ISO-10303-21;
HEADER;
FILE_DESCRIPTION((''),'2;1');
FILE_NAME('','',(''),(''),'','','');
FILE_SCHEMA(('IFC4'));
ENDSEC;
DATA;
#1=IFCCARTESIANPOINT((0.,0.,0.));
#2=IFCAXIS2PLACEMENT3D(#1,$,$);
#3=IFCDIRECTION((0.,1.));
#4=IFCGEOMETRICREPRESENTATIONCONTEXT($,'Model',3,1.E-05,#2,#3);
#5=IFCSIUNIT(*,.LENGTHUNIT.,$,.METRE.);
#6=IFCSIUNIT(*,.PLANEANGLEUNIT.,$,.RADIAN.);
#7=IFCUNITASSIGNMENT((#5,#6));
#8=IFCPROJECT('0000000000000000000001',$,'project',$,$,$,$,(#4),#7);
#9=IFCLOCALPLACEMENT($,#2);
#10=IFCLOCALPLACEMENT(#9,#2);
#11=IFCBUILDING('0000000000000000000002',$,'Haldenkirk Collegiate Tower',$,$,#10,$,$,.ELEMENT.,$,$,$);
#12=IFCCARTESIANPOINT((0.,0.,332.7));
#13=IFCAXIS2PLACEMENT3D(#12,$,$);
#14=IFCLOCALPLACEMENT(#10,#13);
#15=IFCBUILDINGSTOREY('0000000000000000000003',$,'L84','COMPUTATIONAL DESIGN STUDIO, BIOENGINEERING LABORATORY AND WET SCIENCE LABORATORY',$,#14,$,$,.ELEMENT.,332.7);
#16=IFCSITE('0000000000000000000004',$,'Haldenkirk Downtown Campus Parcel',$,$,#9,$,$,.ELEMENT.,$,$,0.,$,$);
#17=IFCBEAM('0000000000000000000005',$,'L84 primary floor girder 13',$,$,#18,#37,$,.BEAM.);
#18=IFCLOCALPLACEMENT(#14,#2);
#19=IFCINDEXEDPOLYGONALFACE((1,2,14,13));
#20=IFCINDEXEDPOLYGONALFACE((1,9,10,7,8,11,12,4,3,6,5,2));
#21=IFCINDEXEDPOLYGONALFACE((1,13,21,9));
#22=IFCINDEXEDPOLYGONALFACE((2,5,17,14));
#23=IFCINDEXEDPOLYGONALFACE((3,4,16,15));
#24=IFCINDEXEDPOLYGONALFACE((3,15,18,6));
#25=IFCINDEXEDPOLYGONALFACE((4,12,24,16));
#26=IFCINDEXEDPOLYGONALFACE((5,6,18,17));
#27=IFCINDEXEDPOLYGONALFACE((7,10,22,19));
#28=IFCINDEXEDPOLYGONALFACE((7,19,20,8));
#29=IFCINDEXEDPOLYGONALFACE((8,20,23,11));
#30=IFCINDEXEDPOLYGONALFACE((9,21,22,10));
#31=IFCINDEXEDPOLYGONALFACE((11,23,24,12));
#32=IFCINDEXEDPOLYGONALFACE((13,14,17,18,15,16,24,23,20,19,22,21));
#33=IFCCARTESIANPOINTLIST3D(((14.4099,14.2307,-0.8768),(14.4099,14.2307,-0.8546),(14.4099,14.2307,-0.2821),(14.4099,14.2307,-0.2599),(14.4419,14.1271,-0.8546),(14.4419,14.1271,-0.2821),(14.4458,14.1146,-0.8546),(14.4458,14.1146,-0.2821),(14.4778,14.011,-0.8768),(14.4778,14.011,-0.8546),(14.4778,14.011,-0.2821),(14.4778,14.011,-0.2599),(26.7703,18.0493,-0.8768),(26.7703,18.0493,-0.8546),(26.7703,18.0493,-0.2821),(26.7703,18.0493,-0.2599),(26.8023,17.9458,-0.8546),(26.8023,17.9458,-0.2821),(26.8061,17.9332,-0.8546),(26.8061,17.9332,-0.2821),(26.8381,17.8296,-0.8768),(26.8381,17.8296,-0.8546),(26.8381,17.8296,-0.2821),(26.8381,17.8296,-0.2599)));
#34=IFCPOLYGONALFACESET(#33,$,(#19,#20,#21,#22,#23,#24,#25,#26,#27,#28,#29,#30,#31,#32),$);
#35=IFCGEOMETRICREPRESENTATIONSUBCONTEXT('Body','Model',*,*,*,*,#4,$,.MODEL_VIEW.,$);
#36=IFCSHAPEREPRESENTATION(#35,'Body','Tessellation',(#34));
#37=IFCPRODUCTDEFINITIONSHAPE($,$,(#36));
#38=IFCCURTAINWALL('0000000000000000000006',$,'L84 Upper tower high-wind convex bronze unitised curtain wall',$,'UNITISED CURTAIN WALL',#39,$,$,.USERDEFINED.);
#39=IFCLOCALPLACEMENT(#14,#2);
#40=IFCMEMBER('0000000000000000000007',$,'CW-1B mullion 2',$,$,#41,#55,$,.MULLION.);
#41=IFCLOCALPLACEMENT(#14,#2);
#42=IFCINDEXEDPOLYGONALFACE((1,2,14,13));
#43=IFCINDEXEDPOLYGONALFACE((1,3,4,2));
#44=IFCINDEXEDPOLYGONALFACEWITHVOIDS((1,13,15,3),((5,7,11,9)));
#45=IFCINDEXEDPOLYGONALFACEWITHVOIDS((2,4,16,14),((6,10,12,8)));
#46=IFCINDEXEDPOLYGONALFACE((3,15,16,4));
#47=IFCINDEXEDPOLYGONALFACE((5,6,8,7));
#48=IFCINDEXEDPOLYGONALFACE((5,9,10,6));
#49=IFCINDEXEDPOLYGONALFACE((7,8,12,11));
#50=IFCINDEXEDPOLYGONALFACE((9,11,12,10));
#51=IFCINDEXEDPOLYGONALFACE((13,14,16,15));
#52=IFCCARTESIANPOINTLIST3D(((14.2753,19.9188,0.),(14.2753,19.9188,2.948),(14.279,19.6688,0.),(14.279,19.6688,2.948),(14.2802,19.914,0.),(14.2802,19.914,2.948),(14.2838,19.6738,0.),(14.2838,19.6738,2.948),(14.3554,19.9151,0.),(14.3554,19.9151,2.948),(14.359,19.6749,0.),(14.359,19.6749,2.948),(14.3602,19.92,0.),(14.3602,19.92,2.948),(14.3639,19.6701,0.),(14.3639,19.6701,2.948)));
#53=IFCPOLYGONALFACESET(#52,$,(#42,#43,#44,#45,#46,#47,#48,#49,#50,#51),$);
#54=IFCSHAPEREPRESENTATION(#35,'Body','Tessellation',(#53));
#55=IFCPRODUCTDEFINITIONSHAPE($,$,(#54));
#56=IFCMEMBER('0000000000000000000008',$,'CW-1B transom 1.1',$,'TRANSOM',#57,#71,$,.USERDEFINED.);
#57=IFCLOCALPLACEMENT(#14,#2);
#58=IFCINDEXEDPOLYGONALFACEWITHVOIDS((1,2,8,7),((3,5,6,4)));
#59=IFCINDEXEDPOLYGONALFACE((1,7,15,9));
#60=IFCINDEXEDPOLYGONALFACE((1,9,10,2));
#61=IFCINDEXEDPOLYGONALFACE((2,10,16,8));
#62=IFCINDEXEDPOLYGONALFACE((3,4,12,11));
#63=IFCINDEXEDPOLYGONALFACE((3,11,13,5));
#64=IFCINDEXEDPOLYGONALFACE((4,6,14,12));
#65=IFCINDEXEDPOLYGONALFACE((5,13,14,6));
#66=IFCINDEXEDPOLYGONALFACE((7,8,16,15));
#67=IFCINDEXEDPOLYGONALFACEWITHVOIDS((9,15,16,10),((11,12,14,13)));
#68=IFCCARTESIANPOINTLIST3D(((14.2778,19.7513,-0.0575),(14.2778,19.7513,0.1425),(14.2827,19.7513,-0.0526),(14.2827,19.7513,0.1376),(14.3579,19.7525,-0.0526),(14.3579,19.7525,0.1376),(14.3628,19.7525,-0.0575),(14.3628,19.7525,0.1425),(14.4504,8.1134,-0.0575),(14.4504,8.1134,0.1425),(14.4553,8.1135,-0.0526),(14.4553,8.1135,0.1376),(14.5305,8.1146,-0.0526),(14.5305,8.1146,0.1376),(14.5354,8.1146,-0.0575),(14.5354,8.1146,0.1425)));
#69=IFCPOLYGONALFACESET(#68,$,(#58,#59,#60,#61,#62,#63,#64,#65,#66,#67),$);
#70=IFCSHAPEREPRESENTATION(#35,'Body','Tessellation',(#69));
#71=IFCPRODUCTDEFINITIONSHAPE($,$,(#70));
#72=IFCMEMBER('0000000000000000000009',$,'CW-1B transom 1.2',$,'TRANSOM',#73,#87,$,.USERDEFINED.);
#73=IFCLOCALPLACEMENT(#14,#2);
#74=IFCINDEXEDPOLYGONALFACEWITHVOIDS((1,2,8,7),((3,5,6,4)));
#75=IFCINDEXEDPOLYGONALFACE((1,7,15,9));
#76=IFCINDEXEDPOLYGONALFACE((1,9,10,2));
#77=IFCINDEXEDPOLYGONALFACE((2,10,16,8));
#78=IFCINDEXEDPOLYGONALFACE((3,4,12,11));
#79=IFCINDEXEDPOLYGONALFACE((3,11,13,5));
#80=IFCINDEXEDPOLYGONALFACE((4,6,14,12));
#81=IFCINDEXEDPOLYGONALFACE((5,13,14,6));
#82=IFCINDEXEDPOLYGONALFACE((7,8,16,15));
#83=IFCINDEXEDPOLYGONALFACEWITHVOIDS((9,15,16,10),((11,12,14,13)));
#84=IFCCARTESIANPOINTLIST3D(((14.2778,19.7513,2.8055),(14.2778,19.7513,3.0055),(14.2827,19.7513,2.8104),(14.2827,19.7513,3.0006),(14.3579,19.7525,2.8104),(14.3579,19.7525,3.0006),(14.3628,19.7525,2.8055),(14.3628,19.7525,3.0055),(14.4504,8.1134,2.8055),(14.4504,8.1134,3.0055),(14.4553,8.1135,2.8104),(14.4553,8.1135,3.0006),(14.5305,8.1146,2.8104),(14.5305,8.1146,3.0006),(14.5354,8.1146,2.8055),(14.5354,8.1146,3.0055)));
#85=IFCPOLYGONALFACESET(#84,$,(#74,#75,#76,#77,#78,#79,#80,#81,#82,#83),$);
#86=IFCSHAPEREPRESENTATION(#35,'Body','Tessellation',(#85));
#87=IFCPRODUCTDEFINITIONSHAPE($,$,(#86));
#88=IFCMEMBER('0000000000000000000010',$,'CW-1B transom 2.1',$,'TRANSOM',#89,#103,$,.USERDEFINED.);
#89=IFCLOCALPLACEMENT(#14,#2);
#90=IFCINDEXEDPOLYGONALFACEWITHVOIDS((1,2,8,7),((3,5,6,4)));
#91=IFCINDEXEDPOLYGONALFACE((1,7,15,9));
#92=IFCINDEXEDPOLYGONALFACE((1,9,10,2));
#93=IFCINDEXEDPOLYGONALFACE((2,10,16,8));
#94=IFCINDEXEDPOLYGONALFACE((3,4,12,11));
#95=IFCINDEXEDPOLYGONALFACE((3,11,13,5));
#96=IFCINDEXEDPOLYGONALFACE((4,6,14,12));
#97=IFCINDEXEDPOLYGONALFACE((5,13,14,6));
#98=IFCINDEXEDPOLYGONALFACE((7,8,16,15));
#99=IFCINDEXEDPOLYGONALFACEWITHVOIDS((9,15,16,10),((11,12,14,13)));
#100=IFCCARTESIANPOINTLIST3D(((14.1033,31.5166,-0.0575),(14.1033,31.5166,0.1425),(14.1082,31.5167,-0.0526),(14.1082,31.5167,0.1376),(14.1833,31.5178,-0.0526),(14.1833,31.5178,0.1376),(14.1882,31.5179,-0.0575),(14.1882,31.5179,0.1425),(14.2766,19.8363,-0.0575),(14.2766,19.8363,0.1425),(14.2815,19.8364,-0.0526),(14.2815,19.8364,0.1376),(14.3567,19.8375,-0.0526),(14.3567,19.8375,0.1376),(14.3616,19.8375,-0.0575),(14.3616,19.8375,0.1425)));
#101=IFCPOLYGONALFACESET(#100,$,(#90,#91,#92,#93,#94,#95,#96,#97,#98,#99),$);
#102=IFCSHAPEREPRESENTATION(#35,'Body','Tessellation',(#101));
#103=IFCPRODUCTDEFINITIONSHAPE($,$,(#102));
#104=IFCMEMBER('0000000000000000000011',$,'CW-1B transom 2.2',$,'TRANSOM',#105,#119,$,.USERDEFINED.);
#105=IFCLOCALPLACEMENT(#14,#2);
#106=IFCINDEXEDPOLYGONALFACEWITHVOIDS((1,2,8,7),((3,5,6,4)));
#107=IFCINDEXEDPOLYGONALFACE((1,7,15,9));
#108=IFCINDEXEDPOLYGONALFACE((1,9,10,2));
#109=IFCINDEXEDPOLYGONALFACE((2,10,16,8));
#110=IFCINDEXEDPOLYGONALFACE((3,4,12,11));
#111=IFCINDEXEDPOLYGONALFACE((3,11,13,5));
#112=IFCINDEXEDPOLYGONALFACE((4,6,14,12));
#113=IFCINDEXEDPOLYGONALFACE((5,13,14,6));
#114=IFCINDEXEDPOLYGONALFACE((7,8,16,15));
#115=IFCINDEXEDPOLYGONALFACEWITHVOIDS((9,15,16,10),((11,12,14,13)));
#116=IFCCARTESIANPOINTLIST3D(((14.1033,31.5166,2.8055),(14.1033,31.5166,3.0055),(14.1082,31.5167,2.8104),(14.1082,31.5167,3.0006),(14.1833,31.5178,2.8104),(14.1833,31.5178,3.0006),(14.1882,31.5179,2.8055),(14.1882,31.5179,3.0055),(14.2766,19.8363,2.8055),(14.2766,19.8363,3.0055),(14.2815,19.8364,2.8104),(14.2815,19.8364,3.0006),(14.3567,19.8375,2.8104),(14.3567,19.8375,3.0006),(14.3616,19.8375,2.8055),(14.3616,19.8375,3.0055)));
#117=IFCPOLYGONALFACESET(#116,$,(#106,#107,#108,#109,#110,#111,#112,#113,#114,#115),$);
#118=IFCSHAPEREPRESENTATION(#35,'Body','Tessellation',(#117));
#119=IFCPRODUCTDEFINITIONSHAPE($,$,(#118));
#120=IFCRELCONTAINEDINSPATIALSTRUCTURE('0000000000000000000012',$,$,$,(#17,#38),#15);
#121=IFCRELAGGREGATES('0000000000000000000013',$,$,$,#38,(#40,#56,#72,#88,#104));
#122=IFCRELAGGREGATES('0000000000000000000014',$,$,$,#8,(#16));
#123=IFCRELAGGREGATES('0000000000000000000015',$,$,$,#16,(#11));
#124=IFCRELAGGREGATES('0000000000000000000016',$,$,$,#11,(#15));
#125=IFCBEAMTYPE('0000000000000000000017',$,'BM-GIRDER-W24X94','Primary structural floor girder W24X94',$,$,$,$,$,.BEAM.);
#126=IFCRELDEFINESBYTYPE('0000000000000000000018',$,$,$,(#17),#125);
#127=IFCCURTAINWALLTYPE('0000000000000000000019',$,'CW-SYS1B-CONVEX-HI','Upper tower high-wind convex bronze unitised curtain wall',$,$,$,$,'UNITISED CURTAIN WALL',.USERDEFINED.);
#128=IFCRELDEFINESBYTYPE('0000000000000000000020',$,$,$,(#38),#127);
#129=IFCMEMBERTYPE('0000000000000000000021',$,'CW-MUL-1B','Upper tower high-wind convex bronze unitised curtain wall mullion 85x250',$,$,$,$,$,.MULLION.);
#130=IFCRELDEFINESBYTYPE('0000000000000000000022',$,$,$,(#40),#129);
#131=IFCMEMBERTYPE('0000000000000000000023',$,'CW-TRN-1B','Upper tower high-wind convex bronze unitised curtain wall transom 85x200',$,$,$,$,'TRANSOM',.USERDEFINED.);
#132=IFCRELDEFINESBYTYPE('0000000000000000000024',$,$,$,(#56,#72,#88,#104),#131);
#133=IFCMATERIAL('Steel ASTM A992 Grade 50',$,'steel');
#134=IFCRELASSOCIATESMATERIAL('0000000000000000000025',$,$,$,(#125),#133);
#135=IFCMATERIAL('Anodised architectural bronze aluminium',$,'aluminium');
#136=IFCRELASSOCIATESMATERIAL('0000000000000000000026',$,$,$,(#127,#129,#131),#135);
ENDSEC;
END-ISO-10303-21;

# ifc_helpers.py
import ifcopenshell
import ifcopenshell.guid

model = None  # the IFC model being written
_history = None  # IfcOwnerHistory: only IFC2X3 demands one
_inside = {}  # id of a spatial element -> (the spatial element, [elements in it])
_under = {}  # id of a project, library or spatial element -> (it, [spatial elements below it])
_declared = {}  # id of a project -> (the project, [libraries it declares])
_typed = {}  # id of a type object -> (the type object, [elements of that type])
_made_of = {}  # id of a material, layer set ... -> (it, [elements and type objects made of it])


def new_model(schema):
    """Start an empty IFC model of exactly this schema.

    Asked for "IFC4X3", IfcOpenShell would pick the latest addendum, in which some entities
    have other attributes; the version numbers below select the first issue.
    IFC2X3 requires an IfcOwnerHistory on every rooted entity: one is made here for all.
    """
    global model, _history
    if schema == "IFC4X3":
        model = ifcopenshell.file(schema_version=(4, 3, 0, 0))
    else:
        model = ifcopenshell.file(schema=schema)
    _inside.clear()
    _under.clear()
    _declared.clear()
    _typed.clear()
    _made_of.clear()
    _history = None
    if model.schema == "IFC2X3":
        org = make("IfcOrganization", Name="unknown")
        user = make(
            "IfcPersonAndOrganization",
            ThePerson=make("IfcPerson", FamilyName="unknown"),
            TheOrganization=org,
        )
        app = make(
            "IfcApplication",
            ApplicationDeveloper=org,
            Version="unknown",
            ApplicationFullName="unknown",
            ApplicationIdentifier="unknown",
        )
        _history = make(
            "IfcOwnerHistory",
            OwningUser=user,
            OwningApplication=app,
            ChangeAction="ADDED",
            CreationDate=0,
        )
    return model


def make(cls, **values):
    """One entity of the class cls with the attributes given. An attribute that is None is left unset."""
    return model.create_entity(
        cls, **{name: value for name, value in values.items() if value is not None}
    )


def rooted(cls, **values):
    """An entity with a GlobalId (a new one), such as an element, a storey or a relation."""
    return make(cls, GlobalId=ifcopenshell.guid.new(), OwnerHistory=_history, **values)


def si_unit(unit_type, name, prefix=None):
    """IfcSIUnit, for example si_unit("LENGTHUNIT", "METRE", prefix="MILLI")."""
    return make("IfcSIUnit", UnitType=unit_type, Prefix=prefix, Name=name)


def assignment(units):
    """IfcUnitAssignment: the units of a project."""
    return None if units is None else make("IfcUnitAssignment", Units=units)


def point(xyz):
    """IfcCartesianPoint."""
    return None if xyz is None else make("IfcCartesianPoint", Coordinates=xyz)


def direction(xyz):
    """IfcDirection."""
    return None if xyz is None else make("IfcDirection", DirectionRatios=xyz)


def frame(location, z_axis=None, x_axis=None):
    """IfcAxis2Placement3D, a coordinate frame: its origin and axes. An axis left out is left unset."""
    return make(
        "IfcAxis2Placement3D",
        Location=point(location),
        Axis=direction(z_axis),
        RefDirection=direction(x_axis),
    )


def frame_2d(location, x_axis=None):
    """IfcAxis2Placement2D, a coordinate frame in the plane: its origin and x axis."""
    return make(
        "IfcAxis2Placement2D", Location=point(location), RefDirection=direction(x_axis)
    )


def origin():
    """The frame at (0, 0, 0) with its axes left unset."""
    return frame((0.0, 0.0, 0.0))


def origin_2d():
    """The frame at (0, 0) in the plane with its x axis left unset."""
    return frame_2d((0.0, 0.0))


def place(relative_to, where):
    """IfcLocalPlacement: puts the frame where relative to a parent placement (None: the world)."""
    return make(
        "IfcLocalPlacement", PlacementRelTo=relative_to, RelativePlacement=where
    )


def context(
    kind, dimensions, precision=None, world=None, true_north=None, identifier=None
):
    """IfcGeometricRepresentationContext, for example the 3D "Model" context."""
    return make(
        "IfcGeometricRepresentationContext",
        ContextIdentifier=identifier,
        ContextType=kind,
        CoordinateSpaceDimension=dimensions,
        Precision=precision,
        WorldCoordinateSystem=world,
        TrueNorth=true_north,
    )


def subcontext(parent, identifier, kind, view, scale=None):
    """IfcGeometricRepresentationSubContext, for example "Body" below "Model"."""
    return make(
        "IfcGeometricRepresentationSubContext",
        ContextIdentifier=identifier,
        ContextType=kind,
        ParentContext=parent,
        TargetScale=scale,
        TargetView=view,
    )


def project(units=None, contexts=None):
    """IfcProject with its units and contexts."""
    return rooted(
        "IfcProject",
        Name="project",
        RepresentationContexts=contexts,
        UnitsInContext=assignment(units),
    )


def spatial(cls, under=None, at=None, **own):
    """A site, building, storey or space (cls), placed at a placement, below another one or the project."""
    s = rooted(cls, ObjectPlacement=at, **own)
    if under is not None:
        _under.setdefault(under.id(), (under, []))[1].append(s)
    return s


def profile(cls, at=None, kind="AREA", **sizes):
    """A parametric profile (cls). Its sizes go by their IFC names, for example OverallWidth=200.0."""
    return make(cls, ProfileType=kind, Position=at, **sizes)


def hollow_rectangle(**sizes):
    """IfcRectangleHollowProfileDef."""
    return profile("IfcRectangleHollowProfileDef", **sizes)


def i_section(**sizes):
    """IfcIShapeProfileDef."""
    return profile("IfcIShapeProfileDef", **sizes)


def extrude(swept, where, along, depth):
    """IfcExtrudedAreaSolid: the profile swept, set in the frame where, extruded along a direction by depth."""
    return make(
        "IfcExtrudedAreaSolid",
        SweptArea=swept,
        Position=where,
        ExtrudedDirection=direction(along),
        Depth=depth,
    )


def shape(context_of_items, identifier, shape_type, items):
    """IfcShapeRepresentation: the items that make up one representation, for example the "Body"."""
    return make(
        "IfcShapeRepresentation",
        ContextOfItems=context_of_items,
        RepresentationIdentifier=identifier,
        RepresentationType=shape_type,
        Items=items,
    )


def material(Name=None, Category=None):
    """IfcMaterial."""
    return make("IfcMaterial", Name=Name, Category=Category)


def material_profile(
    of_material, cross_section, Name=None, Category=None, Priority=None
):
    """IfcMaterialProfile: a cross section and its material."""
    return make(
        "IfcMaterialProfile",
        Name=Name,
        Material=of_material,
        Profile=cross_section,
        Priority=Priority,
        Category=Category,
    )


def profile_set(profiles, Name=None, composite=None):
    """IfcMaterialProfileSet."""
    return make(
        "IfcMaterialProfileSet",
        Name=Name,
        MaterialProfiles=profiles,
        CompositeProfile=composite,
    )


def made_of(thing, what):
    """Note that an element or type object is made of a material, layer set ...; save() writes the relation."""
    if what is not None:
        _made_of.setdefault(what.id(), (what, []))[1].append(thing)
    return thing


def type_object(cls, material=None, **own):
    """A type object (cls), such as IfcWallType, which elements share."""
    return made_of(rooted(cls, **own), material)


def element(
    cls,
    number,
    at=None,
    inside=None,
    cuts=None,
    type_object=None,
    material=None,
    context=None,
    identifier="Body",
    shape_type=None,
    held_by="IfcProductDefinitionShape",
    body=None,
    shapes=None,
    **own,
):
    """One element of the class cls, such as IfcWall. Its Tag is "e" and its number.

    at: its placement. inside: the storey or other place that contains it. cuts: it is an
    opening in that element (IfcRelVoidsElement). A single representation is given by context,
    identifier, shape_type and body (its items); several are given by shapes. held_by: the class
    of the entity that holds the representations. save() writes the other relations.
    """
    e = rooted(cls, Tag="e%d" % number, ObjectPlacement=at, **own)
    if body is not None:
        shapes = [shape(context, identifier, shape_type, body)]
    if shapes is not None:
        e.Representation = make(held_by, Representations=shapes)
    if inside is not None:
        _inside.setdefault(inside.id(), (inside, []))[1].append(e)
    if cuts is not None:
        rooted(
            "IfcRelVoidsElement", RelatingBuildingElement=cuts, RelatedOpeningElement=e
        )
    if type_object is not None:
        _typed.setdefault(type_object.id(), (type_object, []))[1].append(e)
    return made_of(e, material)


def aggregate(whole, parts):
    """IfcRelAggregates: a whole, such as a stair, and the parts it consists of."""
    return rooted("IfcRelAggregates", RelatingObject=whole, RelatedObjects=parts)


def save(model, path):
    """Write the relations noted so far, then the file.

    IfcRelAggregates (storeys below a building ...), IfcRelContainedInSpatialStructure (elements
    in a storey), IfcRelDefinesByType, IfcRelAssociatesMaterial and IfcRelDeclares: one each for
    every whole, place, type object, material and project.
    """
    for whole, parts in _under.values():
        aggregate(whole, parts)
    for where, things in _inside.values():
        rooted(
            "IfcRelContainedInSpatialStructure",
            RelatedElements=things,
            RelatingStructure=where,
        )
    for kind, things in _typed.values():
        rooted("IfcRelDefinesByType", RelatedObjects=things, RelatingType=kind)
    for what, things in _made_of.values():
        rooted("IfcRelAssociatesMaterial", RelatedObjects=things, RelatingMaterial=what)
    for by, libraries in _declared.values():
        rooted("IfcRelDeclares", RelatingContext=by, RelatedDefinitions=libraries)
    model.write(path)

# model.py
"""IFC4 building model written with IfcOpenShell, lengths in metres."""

from ifc_helpers import new_model, si_unit, direction, frame, origin, origin_2d, place, context, subcontext, project, spatial, hollow_rectangle, i_section, extrude, material, material_profile, profile_set, type_object, element, aggregate, save


model = new_model("IFC4")

# Units and contexts
model_context = context("Model", 3, precision=1e-05, world=origin(), true_north=direction((0.0, 1.0)))
body_context = subcontext(model_context, "Body", "Model", "MODEL_VIEW")
ifc_project = project(units=[si_unit("LENGTHUNIT", "METRE"), si_unit("PLANEANGLEUNIT", "RADIAN")], contexts=[model_context])

# Site, building, storey
site_placement = place(None, origin())
site = spatial("IfcSite", under=ifc_project, at=site_placement, Name="Haldenkirk Downtown Campus Parcel", CompositionType="ELEMENT", RefElevation=0.0)
building_placement = place(site_placement, origin())
building = spatial("IfcBuilding", under=site, at=building_placement, Name="Haldenkirk Collegiate Tower", CompositionType="ELEMENT")
storey_placement = place(building_placement, frame((0.0, 0.0, 332.7)))
storey = spatial("IfcBuildingStorey", under=building, at=storey_placement, Name="L84", Description="COMPUTATIONAL DESIGN STUDIO, BIOENGINEERING LABORATORY AND WET SCIENCE LABORATORY", CompositionType="ELEMENT", Elevation=332.7)

# Beam
ifc_material_1 = material(Name="Steel ASTM A992 Grade 50", Category="steel")
ifc_material_profile_1 = material_profile(ifc_material_1, i_section(OverallWidth=0.23, OverallDepth=0.6169, WebThickness=0.0132, FlangeThickness=0.0222, at=origin_2d()), Name="W24X94")
ifc_profile_set_1 = profile_set([ifc_material_profile_1], Name="Steel ASTM A992 Grade 50")
beam_type = type_object("IfcBeamType", Name="BM-GIRDER-W24X94", Description="Primary structural floor girder W24X94", PredefinedType="BEAM", material=ifc_profile_set_1)
beam_placement = place(storey_placement, frame((14.4438, 14.1208, -0.5684), z_axis=(0.955443, 0.295174, 0.0), x_axis=(-0.295174, 0.955443, 0.0)))
element("IfcBeam", 1, at=beam_placement, inside=storey, type_object=beam_type, Name="L84 primary floor girder 13", PredefinedType="BEAM", context=body_context, shape_type="SweptSolid", body=[
    extrude(i_section(OverallWidth=0.23, OverallDepth=0.6169, WebThickness=0.0132, FlangeThickness=0.0222, at=origin_2d()), origin(), (0.0, 0.0, 1.0), 12.9368),
])

# Curtain wall, members
ifc_material_2 = material(Name="Anodised architectural bronze aluminium", Category="aluminium")
curtain_wall_type = type_object("IfcCurtainWallType", Name="CW-SYS1B-CONVEX-HI", Description="Upper tower high-wind convex bronze unitised curtain wall", ElementType="UNITISED CURTAIN WALL", PredefinedType="USERDEFINED", material=ifc_material_2)
curtain_wall_placement = place(storey_placement, origin())
curtain_wall = element("IfcCurtainWall", 2, at=curtain_wall_placement, inside=storey, type_object=curtain_wall_type, Name="L84 Upper tower high-wind convex bronze unitised curtain wall", ObjectType="UNITISED CURTAIN WALL", PredefinedType="USERDEFINED")
ifc_material_profile_2 = material_profile(ifc_material_2, hollow_rectangle(XDim=0.085, YDim=0.25, WallThickness=0.0049, at=origin_2d()), Name="CW-MUL-1B")
ifc_profile_set_2 = profile_set([ifc_material_profile_2], Name="Anodised architectural bronze aluminium")
member_type_1 = type_object("IfcMemberType", Name="CW-MUL-1B", Description="Upper tower high-wind convex bronze unitised curtain wall mullion 85x250", PredefinedType="MULLION", material=ifc_profile_set_2)
member_1_placement = place(storey_placement, frame((14.3196, 19.7944, 0.0), z_axis=(0.0, 0.0, 1.0), x_axis=(-0.99989, -0.014833, 0.0)))
member_1 = element("IfcMember", 3, at=member_1_placement, type_object=member_type_1, Name="CW-1B mullion 2", PredefinedType="MULLION", context=body_context, shape_type="SweptSolid", body=[
    extrude(hollow_rectangle(XDim=0.085, YDim=0.25, WallThickness=0.0049, at=origin_2d()), origin(), (0.0, 0.0, 1.0), 2.948),
])
ifc_material_profile_3 = material_profile(ifc_material_2, hollow_rectangle(XDim=0.085, YDim=0.2, WallThickness=0.0049, at=origin_2d()), Name="CW-TRN-1B")
ifc_profile_set_3 = profile_set([ifc_material_profile_3], Name="Anodised architectural bronze aluminium")
member_type_2 = type_object("IfcMemberType", Name="CW-TRN-1B", Description="Upper tower high-wind convex bronze unitised curtain wall transom 85x200", ElementType="TRANSOM", PredefinedType="USERDEFINED", material=ifc_profile_set_3)
member_2_placement = place(storey_placement, frame((14.4929, 8.114, 0.0425), z_axis=(-0.01483, 0.99989, 0.0), x_axis=(-0.99989, -0.01483, 0.0)))
member_2 = element("IfcMember", 4, at=member_2_placement, type_object=member_type_2, Name="CW-1B transom 1.1", ObjectType="TRANSOM", PredefinedType="USERDEFINED", context=body_context, shape_type="SweptSolid", body=[
    extrude(hollow_rectangle(XDim=0.085, YDim=0.2, WallThickness=0.0049, at=origin_2d()), origin(), (0.0, 0.0, 1.0), 11.6392),
])
member_3_placement = place(storey_placement, frame((14.4929, 8.114, 2.9055), z_axis=(-0.01483, 0.99989, 0.0), x_axis=(-0.99989, -0.01483, 0.0)))
member_3 = element("IfcMember", 5, at=member_3_placement, type_object=member_type_2, Name="CW-1B transom 1.2", ObjectType="TRANSOM", PredefinedType="USERDEFINED", context=body_context, shape_type="SweptSolid", body=[
    extrude(hollow_rectangle(XDim=0.085, YDim=0.2, WallThickness=0.0049, at=origin_2d()), origin(), (0.0, 0.0, 1.0), 11.6392),
])
member_4_placement = place(storey_placement, frame((14.3191, 19.8369, 0.0425), z_axis=(-0.014839, 0.99989, 0.0), x_axis=(-0.99989, -0.014839, 0.0)))
member_4 = element("IfcMember", 6, at=member_4_placement, type_object=member_type_2, Name="CW-1B transom 2.1", ObjectType="TRANSOM", PredefinedType="USERDEFINED", context=body_context, shape_type="SweptSolid", body=[
    extrude(hollow_rectangle(XDim=0.085, YDim=0.2, WallThickness=0.0049, at=origin_2d()), origin(), (0.0, 0.0, 1.0), 11.6816),
])
member_5_placement = place(storey_placement, frame((14.3191, 19.8369, 2.9055), z_axis=(-0.014839, 0.99989, 0.0), x_axis=(-0.99989, -0.014839, 0.0)))
member_5 = element("IfcMember", 7, at=member_5_placement, type_object=member_type_2, Name="CW-1B transom 2.2", ObjectType="TRANSOM", PredefinedType="USERDEFINED", context=body_context, shape_type="SweptSolid", body=[
    extrude(hollow_rectangle(XDim=0.085, YDim=0.2, WallThickness=0.0049, at=origin_2d()), origin(), (0.0, 0.0, 1.0), 11.6816),
])

aggregate(curtain_wall, [member_1, member_2, member_3, member_4, member_5])

save(model, "model.ifc")
